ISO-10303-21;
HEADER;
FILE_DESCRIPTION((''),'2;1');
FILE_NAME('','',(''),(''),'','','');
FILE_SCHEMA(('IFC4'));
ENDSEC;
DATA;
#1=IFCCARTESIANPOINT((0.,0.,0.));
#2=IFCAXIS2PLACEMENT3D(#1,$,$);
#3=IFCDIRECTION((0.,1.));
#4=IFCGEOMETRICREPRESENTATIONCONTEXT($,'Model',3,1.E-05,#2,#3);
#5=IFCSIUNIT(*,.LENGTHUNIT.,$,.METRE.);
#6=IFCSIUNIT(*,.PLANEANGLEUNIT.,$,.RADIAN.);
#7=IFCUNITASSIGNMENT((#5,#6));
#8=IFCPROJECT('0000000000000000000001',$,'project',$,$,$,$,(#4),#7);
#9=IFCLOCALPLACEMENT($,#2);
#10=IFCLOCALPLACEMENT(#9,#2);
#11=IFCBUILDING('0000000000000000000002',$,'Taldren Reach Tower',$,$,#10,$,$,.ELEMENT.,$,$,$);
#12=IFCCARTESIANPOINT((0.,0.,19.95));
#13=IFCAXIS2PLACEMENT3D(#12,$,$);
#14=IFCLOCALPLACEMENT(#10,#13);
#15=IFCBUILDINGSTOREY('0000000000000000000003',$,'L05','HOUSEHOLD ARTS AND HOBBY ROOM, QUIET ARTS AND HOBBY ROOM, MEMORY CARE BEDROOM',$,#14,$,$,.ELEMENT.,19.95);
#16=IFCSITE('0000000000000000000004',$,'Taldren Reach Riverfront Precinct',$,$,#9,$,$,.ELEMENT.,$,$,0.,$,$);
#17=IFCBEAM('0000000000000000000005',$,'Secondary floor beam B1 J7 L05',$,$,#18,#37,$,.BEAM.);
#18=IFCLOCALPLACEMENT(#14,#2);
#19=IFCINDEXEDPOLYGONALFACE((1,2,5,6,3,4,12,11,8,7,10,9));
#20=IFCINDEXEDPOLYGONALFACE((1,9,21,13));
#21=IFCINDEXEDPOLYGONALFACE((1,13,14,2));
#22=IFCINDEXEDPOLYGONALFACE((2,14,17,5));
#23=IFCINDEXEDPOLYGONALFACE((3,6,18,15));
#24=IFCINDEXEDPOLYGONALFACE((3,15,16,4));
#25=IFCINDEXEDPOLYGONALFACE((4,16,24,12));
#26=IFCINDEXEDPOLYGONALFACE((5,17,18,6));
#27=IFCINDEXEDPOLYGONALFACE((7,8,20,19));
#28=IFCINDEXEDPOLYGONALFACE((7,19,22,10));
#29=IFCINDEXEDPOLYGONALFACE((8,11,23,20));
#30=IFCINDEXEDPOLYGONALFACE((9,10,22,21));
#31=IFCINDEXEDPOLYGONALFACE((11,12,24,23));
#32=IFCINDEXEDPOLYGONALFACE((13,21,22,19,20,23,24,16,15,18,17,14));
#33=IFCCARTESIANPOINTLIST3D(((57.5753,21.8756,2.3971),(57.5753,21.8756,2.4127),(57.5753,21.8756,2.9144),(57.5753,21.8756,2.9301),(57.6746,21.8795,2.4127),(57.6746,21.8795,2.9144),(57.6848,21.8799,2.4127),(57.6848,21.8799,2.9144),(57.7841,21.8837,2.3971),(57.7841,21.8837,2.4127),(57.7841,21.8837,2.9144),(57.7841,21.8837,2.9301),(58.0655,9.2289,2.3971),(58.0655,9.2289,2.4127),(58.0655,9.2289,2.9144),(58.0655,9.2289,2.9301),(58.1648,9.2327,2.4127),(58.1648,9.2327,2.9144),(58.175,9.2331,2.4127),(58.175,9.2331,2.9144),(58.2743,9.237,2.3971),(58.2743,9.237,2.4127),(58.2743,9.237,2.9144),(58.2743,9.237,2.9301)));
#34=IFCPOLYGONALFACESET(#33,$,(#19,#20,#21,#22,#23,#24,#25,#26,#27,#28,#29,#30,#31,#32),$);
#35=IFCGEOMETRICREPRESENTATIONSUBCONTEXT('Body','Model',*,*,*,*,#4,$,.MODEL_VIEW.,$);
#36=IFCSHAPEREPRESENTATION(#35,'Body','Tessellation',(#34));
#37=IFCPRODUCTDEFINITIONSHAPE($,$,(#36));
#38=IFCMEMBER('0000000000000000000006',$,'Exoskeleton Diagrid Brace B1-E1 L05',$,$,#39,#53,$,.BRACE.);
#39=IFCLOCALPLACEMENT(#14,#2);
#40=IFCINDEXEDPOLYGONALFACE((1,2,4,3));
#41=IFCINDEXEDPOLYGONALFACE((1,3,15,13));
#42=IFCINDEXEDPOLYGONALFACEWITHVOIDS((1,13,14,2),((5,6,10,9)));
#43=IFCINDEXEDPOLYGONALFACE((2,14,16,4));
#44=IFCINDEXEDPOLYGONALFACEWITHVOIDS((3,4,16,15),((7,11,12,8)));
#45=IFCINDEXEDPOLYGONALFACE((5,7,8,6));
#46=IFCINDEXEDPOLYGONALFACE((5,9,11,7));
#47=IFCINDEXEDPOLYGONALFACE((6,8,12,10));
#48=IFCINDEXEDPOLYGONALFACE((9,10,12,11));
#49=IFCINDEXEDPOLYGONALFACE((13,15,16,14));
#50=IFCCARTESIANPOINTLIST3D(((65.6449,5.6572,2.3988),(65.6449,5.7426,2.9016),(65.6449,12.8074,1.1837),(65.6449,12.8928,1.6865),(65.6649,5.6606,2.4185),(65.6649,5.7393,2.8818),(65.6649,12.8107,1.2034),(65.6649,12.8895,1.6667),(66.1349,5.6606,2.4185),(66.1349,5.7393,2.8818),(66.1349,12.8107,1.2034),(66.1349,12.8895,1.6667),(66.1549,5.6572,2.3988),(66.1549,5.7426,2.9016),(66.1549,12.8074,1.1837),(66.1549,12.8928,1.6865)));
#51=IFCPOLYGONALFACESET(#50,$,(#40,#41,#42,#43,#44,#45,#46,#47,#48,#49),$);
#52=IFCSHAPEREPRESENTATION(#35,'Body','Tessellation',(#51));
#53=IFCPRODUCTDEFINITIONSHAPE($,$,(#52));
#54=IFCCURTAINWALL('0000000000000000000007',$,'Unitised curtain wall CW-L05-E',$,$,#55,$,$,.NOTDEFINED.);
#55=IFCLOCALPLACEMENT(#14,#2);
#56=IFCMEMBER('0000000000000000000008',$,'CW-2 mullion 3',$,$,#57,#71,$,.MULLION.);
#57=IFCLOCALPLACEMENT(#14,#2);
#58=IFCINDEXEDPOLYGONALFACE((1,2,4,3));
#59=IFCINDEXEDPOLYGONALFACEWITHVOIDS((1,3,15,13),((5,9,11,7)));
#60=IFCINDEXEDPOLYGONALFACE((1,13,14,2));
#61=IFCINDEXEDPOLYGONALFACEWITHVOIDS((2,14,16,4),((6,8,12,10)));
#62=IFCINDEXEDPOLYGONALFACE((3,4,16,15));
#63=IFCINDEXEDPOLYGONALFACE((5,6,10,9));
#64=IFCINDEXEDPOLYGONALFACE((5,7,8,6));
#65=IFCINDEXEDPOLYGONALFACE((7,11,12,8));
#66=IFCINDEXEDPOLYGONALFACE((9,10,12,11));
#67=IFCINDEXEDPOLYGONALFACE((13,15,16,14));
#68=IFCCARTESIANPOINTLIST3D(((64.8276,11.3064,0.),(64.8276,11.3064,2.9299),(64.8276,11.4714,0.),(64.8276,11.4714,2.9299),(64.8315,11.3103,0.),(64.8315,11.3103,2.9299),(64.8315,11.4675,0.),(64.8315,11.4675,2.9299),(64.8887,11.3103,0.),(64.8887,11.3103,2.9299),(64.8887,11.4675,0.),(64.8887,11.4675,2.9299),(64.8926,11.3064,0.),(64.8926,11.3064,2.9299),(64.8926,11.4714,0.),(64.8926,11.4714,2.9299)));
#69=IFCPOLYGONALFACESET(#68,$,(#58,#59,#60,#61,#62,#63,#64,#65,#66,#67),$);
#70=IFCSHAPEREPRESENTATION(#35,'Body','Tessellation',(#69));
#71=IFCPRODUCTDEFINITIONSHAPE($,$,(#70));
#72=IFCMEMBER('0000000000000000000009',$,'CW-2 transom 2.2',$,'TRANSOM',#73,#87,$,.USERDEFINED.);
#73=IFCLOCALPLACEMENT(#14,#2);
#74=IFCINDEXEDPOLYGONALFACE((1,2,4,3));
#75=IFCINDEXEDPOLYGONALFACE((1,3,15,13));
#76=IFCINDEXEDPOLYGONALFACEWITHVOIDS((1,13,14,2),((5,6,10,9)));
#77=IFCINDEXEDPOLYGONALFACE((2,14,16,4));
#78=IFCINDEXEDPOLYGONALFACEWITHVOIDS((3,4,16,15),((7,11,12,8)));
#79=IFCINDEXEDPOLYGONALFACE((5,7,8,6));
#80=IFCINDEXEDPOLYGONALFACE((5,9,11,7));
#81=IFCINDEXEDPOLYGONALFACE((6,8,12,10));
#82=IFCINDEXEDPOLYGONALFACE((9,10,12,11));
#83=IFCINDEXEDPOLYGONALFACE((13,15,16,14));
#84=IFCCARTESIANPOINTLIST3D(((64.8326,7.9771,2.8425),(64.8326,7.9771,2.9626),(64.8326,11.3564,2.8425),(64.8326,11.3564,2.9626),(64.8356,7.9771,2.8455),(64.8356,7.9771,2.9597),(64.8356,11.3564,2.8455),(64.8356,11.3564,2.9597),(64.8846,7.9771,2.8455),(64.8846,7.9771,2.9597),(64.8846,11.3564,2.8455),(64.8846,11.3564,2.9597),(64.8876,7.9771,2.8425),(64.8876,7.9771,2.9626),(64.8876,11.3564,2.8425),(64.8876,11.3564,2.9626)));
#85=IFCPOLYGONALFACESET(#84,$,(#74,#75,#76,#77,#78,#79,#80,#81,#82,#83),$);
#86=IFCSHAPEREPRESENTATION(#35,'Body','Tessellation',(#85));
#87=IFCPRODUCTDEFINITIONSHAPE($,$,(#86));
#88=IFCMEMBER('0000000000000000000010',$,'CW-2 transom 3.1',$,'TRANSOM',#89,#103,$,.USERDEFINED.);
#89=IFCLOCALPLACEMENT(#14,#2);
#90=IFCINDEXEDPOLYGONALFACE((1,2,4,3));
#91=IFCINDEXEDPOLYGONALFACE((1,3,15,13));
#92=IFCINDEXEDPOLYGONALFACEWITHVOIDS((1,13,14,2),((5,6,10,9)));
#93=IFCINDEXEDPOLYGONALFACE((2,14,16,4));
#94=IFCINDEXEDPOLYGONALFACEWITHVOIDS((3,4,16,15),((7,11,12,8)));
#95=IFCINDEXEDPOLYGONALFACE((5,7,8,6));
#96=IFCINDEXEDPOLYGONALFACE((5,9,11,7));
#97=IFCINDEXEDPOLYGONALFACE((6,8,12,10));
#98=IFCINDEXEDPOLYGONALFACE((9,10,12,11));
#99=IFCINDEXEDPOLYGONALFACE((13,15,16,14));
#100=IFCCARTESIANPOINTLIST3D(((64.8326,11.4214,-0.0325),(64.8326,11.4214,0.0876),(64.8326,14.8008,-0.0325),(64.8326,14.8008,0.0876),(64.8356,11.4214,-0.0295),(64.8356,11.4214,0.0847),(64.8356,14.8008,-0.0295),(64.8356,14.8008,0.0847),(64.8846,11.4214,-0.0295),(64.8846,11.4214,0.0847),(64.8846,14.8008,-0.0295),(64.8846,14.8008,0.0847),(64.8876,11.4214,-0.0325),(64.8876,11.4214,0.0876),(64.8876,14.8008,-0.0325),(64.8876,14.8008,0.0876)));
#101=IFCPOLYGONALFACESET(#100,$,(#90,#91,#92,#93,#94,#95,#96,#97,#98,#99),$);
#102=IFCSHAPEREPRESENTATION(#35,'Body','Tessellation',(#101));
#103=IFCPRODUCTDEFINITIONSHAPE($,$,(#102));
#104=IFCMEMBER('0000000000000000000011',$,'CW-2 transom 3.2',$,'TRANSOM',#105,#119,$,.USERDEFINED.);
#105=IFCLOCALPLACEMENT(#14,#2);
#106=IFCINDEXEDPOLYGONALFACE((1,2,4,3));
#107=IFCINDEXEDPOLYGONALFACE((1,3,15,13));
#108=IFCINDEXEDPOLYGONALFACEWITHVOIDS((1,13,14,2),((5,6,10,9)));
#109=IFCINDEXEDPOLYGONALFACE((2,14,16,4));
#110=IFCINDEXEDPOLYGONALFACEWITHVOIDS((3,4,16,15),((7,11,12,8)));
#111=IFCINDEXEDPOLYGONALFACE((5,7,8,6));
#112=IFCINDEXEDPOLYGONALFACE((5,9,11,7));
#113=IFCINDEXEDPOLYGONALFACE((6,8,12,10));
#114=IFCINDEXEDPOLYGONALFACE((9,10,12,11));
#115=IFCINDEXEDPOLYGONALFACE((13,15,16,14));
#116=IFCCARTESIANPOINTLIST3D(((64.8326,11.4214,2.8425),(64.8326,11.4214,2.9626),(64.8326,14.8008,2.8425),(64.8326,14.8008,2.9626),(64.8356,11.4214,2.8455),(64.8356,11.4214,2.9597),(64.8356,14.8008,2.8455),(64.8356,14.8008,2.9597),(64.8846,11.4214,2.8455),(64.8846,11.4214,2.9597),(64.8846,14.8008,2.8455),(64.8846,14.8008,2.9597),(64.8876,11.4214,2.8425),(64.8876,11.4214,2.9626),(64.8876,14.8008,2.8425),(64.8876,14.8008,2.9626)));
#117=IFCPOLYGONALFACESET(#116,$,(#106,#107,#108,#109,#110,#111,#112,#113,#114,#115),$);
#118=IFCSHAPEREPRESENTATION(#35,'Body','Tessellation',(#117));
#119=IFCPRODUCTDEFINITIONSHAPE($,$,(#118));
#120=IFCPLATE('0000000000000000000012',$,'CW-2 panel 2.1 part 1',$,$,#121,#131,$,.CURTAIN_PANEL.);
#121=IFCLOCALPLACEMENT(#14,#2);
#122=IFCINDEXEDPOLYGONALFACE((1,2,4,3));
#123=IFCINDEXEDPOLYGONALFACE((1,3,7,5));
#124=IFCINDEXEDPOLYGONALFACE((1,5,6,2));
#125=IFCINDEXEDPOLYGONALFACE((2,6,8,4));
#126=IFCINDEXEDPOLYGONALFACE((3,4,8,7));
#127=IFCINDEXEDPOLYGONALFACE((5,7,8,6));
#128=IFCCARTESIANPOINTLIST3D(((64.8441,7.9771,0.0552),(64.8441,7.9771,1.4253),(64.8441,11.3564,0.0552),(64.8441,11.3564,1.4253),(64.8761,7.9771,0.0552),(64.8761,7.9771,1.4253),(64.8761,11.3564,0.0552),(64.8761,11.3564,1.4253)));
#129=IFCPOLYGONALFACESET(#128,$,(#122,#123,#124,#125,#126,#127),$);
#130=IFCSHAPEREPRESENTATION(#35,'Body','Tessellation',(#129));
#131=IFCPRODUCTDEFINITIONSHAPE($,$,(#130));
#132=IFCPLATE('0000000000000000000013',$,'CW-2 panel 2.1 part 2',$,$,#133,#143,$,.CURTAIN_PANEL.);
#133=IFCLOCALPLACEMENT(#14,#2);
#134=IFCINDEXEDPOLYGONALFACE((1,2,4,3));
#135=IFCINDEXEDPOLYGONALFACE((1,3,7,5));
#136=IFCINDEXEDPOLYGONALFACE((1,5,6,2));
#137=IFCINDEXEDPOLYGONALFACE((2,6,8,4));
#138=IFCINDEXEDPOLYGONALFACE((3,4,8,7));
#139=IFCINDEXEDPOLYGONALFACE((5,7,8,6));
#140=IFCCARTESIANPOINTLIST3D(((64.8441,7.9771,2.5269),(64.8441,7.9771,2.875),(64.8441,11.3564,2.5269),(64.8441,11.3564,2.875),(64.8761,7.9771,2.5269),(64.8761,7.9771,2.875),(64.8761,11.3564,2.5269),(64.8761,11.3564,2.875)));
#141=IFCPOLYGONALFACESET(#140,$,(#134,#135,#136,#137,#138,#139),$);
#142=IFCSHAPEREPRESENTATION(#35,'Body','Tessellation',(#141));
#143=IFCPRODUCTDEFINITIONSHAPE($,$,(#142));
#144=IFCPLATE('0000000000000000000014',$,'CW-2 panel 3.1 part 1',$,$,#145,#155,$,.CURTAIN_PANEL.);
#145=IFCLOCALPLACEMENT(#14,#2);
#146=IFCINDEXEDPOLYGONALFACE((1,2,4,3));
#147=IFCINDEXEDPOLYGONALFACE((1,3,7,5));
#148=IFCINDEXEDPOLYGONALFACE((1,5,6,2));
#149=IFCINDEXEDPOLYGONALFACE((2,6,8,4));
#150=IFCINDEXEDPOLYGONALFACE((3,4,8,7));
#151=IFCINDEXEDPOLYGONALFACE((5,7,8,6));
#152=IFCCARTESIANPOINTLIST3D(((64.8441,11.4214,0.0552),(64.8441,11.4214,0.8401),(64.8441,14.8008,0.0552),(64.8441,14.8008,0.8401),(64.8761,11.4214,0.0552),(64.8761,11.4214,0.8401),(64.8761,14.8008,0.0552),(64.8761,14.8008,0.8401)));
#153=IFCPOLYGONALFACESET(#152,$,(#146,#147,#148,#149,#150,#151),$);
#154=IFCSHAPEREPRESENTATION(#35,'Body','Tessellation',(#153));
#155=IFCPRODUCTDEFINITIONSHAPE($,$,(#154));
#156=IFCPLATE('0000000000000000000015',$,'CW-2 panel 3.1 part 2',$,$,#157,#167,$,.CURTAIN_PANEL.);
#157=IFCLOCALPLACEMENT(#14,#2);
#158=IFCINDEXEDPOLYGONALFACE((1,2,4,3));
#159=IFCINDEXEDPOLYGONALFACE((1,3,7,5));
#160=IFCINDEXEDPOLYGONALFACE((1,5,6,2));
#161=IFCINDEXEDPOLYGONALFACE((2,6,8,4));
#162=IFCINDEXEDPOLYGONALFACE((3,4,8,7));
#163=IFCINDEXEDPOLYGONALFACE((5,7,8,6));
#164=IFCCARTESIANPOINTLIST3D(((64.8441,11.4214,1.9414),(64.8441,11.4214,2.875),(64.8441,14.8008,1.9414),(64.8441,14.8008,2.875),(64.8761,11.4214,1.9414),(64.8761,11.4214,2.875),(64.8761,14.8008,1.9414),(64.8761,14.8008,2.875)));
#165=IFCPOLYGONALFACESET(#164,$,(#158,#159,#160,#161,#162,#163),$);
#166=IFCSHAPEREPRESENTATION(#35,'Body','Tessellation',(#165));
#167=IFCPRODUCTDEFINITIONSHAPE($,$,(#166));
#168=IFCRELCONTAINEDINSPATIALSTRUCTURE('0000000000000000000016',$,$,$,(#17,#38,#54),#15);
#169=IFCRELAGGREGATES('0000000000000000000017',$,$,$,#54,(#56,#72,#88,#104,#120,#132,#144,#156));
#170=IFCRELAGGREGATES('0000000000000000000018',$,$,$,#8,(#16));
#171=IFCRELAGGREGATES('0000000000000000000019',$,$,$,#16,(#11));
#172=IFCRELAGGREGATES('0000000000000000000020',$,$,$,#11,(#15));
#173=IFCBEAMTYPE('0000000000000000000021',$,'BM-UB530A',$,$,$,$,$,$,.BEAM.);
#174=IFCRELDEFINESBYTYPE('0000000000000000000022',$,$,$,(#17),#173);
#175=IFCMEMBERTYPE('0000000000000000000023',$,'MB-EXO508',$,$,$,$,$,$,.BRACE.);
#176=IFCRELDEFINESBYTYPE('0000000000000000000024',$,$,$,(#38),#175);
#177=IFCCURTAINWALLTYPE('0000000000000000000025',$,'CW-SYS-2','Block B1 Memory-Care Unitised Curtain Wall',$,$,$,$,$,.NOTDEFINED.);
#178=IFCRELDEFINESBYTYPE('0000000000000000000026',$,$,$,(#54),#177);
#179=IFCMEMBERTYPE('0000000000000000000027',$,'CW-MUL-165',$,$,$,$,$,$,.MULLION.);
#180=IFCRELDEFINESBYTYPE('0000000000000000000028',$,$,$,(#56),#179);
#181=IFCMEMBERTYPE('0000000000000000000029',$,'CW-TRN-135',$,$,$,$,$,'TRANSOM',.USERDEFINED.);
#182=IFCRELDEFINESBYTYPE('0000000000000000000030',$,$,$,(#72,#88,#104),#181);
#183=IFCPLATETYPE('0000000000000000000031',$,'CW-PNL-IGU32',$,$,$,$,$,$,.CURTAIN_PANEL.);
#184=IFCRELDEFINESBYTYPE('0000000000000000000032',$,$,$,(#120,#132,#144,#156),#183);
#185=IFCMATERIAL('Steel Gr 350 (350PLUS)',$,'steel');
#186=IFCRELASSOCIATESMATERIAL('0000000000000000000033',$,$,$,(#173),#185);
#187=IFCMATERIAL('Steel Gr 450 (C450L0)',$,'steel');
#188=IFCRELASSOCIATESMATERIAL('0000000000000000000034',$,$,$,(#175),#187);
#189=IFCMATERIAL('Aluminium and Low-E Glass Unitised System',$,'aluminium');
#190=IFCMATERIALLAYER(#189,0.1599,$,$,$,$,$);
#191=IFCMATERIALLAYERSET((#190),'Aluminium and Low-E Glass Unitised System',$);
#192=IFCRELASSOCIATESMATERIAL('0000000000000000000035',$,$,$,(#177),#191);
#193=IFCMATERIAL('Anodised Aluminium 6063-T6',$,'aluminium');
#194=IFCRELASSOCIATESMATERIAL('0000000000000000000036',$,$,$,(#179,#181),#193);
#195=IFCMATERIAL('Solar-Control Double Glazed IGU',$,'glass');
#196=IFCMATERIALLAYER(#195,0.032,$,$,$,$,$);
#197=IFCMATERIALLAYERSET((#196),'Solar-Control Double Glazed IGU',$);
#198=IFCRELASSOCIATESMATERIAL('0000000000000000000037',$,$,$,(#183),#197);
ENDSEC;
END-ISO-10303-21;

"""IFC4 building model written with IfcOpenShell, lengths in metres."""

from ifc_helpers import new_model, si_unit, direction, frame, origin, origin_2d, place, context, subcontext, project, spatial, rectangle, hollow_rectangle, i_section, extrude, source, transform, mapped, material, layer, layer_set, material_profile, profile_set, type_object, element, aggregate, save


model = new_model("IFC4")

# Units and contexts
model_context = context("Model", 3, precision=1e-05, world=origin(), true_north=direction((0.0, 1.0)))
body_context = subcontext(model_context, "Body", "Model", "MODEL_VIEW")
ifc_project = project(units=[si_unit("LENGTHUNIT", "METRE"), si_unit("PLANEANGLEUNIT", "RADIAN")], contexts=[model_context])

# Site, building, storey
site_placement = place(None, origin())
site = spatial("IfcSite", under=ifc_project, at=site_placement, Name="Taldren Reach Riverfront Precinct", CompositionType="ELEMENT", RefElevation=0.0)
building_placement = place(site_placement, origin())
building = spatial("IfcBuilding", under=site, at=building_placement, Name="Taldren Reach Tower", CompositionType="ELEMENT")
storey_placement = place(building_placement, frame((0.0, 0.0, 19.95)))
storey = spatial("IfcBuildingStorey", under=building, at=storey_placement, Name="L05", Description="HOUSEHOLD ARTS AND HOBBY ROOM, QUIET ARTS AND HOBBY ROOM, MEMORY CARE BEDROOM", CompositionType="ELEMENT", Elevation=19.95)

# Beam
ifc_material_1 = material(Name="Steel Gr 350 (350PLUS)", Category="steel")
ifc_material_profile_1 = material_profile(ifc_material_1, i_section(OverallWidth=0.209, OverallDepth=0.533, WebThickness=0.0103, FlangeThickness=0.0156, at=origin_2d()), Name="530UB92.4")
ifc_profile_set_1 = profile_set([ifc_material_profile_1], Name="Steel Gr 350 (350PLUS)")
beam_type = type_object("IfcBeamType", Name="BM-UB530A", PredefinedType="BEAM", material=ifc_profile_set_1)
shared_shape_1 = source(origin(), body_context, "Body", "SweptSolid", [
    extrude(i_section(OverallWidth=0.209, OverallDepth=0.533, WebThickness=0.0103, FlangeThickness=0.0156, at=origin_2d()), origin(), (0.0, 0.0, 1.0), 12.6562),
])
beam_placement = place(storey_placement, frame((58.1699, 9.2329, 2.6636), z_axis=(-0.038735, 0.99925, 0.0), x_axis=(-0.99925, -0.038735, 0.0)))
element("IfcBeam", 1, at=beam_placement, inside=storey, type_object=beam_type, Name="Secondary floor beam B1 J7 L05", PredefinedType="BEAM", context=body_context, shape_type="MappedRepresentation", body=[
    mapped(shared_shape_1, transform((0.0, 0.0, 0.0), scale=1.0)),
])

# Member
ifc_material_2 = material(Name="Steel Gr 450 (C450L0)", Category="steel")
ifc_material_profile_2 = material_profile(ifc_material_2, hollow_rectangle(XDim=0.51, YDim=0.51, WallThickness=0.02, at=origin_2d()), Name="510x510x20.0SHS")
ifc_profile_set_2 = profile_set([ifc_material_profile_2], Name="Steel Gr 450 (C450L0)")
member_type_1 = type_object("IfcMemberType", Name="MB-EXO508", PredefinedType="BRACE", material=ifc_profile_set_2)
shared_shape_2 = source(origin(), body_context, "Body", "SweptSolid", [
    extrude(hollow_rectangle(XDim=0.51, YDim=0.51, WallThickness=0.02, at=origin_2d()), origin(), (0.0, 0.0, 1.0), 7.2527),
])
member_1_placement = place(storey_placement, frame((65.8999, 12.8501, 1.4351), z_axis=(0.0, -0.985866, 0.167537), x_axis=(1.0, 0.0, 0.0)))
element("IfcMember", 2, at=member_1_placement, inside=storey, type_object=member_type_1, Name="Exoskeleton Diagrid Brace B1-E1 L05", PredefinedType="BRACE", context=body_context, shape_type="MappedRepresentation", body=[
    mapped(shared_shape_2, transform((0.0, 0.0, 0.0), scale=1.0)),
])

# Curtain wall, members, plates
ifc_material_3 = material(Name="Aluminium and Low-E Glass Unitised System", Category="aluminium")
ifc_layer_1 = layer(ifc_material_3, 0.1599)
ifc_layer_set_1 = layer_set([ifc_layer_1], Name="Aluminium and Low-E Glass Unitised System")
curtain_wall_type = type_object("IfcCurtainWallType", Name="CW-SYS-2", Description="Block B1 Memory-Care Unitised Curtain Wall", PredefinedType="NOTDEFINED", material=ifc_layer_set_1)
curtain_wall_placement = place(storey_placement, origin())
curtain_wall = element("IfcCurtainWall", 3, at=curtain_wall_placement, inside=storey, type_object=curtain_wall_type, Name="Unitised curtain wall CW-L05-E", PredefinedType="NOTDEFINED")
ifc_material_4 = material(Name="Anodised Aluminium 6063-T6", Category="aluminium")
ifc_material_profile_3 = material_profile(ifc_material_4, hollow_rectangle(XDim=0.0649, YDim=0.165, WallThickness=0.0039, at=origin_2d()), Name="ALU-165x65x4RHS")
ifc_profile_set_3 = profile_set([ifc_material_profile_3], Name="Anodised Aluminium 6063-T6")
member_type_2 = type_object("IfcMemberType", Name="CW-MUL-165", PredefinedType="MULLION", material=ifc_profile_set_3)
shared_shape_3 = source(origin(), body_context, "Body", "SweptSolid", [
    extrude(hollow_rectangle(XDim=0.0649, YDim=0.165, WallThickness=0.0039, at=origin_2d()), origin(), (0.0, 0.0, 1.0), 2.9299),
])
member_2_placement = place(storey_placement, frame((64.8601, 11.3889, 0.0), z_axis=(0.0, 0.0, 1.0), x_axis=(-1.0, 0.0, 0.0)))
member_2 = element("IfcMember", 4, at=member_2_placement, type_object=member_type_2, Name="CW-2 mullion 3", PredefinedType="MULLION", context=body_context, shape_type="MappedRepresentation", body=[
    mapped(shared_shape_3, transform((0.0, 0.0, 0.0), scale=1.0)),
])
ifc_material_profile_4 = material_profile(ifc_material_4, hollow_rectangle(XDim=0.0549, YDim=0.1201, WallThickness=0.0029, at=origin_2d()), Name="ALU-120x55x3RHS")
ifc_profile_set_4 = profile_set([ifc_material_profile_4], Name="Anodised Aluminium 6063-T6")
member_type_3 = type_object("IfcMemberType", Name="CW-TRN-135", ElementType="TRANSOM", PredefinedType="USERDEFINED", material=ifc_profile_set_4)
shared_shape_4 = source(origin(), body_context, "Body", "SweptSolid", [
    extrude(hollow_rectangle(XDim=0.0549, YDim=0.1201, WallThickness=0.0029, at=origin_2d()), origin(), (0.0, 0.0, 1.0), 3.3794),
])
member_3_placement = place(storey_placement, frame((64.8601, 7.9771, 2.9026), z_axis=(0.0, 1.0, 0.0), x_axis=(-1.0, 0.0, 0.0)))
member_3 = element("IfcMember", 5, at=member_3_placement, type_object=member_type_3, Name="CW-2 transom 2.2", ObjectType="TRANSOM", PredefinedType="USERDEFINED", context=body_context, shape_type="MappedRepresentation", body=[
    mapped(shared_shape_4, transform((0.0, 0.0, 0.0), scale=1.0)),
])
member_4_placement = place(storey_placement, frame((64.8601, 11.4214, 0.0276), z_axis=(0.0, 1.0, 0.0), x_axis=(-1.0, 0.0, 0.0)))
member_4 = element("IfcMember", 6, at=member_4_placement, type_object=member_type_3, Name="CW-2 transom 3.1", ObjectType="TRANSOM", PredefinedType="USERDEFINED", context=body_context, shape_type="MappedRepresentation", body=[
    mapped(shared_shape_4, transform((0.0, 0.0, 0.0), scale=1.0)),
])
member_5_placement = place(storey_placement, frame((64.8601, 11.4214, 2.9026), z_axis=(0.0, 1.0, 0.0), x_axis=(-1.0, 0.0, 0.0)))
member_5 = element("IfcMember", 7, at=member_5_placement, type_object=member_type_3, Name="CW-2 transom 3.2", ObjectType="TRANSOM", PredefinedType="USERDEFINED", context=body_context, shape_type="MappedRepresentation", body=[
    mapped(shared_shape_4, transform((0.0, 0.0, 0.0), scale=1.0)),
])
ifc_material_5 = material(Name="Solar-Control Double Glazed IGU", Category="glass")
ifc_layer_2 = layer(ifc_material_5, 0.032)
ifc_layer_set_2 = layer_set([ifc_layer_2], Name="Solar-Control Double Glazed IGU")
plate_type = type_object("IfcPlateType", Name="CW-PNL-IGU32", PredefinedType="CURTAIN_PANEL", material=ifc_layer_set_2)
shared_shape_5 = source(origin(), body_context, "Body", "SweptSolid", [
    extrude(rectangle(XDim=3.3794, YDim=0.032, at=origin_2d()), origin(), (0.0, 0.0, 1.0), 1.3701),
])
plate_1_placement = place(storey_placement, frame((64.8601, 9.6667, 0.0552), z_axis=(0.0, 0.0, 1.0), x_axis=(0.0, 1.0, 0.0)))
plate_1 = element("IfcPlate", 8, at=plate_1_placement, type_object=plate_type, Name="CW-2 panel 2.1 part 1", PredefinedType="CURTAIN_PANEL", context=body_context, shape_type="MappedRepresentation", body=[
    mapped(shared_shape_5, transform((0.0, 0.0, 0.0), scale=1.0)),
])
shared_shape_6 = source(origin(), body_context, "Body", "SweptSolid", [
    extrude(rectangle(XDim=3.3794, YDim=0.032, at=origin_2d()), origin(), (0.0, 0.0, 1.0), 0.3481),
])
plate_2_placement = place(storey_placement, frame((64.8601, 9.6667, 2.5269), z_axis=(0.0, 0.0, 1.0), x_axis=(0.0, 1.0, 0.0)))
plate_2 = element("IfcPlate", 9, at=plate_2_placement, type_object=plate_type, Name="CW-2 panel 2.1 part 2", PredefinedType="CURTAIN_PANEL", context=body_context, shape_type="MappedRepresentation", body=[
    mapped(shared_shape_6, transform((0.0, 0.0, 0.0), scale=1.0)),
])
shared_shape_7 = source(origin(), body_context, "Body", "SweptSolid", [
    extrude(rectangle(XDim=3.3794, YDim=0.032, at=origin_2d()), origin(), (0.0, 0.0, 1.0), 0.7849),
])
plate_3_placement = place(storey_placement, frame((64.8601, 13.1111, 0.0552), z_axis=(0.0, 0.0, 1.0), x_axis=(0.0, 1.0, 0.0)))
plate_3 = element("IfcPlate", 10, at=plate_3_placement, type_object=plate_type, Name="CW-2 panel 3.1 part 1", PredefinedType="CURTAIN_PANEL", context=body_context, shape_type="MappedRepresentation", body=[
    mapped(shared_shape_7, transform((0.0, 0.0, 0.0), scale=1.0)),
])
shared_shape_8 = source(origin(), body_context, "Body", "SweptSolid", [
    extrude(rectangle(XDim=3.3794, YDim=0.032, at=origin_2d()), origin(), (0.0, 0.0, 1.0), 0.9336),
])
plate_4_placement = place(storey_placement, frame((64.8601, 13.1111, 1.9414), z_axis=(0.0, 0.0, 1.0), x_axis=(0.0, 1.0, 0.0)))
plate_4 = element("IfcPlate", 11, at=plate_4_placement, type_object=plate_type, Name="CW-2 panel 3.1 part 2", PredefinedType="CURTAIN_PANEL", context=body_context, shape_type="MappedRepresentation", body=[
    mapped(shared_shape_8, transform((0.0, 0.0, 0.0), scale=1.0)),
])
aggregate(curtain_wall, [member_2, member_3, member_4, member_5, plate_1, plate_2, plate_3, plate_4])

save(model, "model.ifc")
